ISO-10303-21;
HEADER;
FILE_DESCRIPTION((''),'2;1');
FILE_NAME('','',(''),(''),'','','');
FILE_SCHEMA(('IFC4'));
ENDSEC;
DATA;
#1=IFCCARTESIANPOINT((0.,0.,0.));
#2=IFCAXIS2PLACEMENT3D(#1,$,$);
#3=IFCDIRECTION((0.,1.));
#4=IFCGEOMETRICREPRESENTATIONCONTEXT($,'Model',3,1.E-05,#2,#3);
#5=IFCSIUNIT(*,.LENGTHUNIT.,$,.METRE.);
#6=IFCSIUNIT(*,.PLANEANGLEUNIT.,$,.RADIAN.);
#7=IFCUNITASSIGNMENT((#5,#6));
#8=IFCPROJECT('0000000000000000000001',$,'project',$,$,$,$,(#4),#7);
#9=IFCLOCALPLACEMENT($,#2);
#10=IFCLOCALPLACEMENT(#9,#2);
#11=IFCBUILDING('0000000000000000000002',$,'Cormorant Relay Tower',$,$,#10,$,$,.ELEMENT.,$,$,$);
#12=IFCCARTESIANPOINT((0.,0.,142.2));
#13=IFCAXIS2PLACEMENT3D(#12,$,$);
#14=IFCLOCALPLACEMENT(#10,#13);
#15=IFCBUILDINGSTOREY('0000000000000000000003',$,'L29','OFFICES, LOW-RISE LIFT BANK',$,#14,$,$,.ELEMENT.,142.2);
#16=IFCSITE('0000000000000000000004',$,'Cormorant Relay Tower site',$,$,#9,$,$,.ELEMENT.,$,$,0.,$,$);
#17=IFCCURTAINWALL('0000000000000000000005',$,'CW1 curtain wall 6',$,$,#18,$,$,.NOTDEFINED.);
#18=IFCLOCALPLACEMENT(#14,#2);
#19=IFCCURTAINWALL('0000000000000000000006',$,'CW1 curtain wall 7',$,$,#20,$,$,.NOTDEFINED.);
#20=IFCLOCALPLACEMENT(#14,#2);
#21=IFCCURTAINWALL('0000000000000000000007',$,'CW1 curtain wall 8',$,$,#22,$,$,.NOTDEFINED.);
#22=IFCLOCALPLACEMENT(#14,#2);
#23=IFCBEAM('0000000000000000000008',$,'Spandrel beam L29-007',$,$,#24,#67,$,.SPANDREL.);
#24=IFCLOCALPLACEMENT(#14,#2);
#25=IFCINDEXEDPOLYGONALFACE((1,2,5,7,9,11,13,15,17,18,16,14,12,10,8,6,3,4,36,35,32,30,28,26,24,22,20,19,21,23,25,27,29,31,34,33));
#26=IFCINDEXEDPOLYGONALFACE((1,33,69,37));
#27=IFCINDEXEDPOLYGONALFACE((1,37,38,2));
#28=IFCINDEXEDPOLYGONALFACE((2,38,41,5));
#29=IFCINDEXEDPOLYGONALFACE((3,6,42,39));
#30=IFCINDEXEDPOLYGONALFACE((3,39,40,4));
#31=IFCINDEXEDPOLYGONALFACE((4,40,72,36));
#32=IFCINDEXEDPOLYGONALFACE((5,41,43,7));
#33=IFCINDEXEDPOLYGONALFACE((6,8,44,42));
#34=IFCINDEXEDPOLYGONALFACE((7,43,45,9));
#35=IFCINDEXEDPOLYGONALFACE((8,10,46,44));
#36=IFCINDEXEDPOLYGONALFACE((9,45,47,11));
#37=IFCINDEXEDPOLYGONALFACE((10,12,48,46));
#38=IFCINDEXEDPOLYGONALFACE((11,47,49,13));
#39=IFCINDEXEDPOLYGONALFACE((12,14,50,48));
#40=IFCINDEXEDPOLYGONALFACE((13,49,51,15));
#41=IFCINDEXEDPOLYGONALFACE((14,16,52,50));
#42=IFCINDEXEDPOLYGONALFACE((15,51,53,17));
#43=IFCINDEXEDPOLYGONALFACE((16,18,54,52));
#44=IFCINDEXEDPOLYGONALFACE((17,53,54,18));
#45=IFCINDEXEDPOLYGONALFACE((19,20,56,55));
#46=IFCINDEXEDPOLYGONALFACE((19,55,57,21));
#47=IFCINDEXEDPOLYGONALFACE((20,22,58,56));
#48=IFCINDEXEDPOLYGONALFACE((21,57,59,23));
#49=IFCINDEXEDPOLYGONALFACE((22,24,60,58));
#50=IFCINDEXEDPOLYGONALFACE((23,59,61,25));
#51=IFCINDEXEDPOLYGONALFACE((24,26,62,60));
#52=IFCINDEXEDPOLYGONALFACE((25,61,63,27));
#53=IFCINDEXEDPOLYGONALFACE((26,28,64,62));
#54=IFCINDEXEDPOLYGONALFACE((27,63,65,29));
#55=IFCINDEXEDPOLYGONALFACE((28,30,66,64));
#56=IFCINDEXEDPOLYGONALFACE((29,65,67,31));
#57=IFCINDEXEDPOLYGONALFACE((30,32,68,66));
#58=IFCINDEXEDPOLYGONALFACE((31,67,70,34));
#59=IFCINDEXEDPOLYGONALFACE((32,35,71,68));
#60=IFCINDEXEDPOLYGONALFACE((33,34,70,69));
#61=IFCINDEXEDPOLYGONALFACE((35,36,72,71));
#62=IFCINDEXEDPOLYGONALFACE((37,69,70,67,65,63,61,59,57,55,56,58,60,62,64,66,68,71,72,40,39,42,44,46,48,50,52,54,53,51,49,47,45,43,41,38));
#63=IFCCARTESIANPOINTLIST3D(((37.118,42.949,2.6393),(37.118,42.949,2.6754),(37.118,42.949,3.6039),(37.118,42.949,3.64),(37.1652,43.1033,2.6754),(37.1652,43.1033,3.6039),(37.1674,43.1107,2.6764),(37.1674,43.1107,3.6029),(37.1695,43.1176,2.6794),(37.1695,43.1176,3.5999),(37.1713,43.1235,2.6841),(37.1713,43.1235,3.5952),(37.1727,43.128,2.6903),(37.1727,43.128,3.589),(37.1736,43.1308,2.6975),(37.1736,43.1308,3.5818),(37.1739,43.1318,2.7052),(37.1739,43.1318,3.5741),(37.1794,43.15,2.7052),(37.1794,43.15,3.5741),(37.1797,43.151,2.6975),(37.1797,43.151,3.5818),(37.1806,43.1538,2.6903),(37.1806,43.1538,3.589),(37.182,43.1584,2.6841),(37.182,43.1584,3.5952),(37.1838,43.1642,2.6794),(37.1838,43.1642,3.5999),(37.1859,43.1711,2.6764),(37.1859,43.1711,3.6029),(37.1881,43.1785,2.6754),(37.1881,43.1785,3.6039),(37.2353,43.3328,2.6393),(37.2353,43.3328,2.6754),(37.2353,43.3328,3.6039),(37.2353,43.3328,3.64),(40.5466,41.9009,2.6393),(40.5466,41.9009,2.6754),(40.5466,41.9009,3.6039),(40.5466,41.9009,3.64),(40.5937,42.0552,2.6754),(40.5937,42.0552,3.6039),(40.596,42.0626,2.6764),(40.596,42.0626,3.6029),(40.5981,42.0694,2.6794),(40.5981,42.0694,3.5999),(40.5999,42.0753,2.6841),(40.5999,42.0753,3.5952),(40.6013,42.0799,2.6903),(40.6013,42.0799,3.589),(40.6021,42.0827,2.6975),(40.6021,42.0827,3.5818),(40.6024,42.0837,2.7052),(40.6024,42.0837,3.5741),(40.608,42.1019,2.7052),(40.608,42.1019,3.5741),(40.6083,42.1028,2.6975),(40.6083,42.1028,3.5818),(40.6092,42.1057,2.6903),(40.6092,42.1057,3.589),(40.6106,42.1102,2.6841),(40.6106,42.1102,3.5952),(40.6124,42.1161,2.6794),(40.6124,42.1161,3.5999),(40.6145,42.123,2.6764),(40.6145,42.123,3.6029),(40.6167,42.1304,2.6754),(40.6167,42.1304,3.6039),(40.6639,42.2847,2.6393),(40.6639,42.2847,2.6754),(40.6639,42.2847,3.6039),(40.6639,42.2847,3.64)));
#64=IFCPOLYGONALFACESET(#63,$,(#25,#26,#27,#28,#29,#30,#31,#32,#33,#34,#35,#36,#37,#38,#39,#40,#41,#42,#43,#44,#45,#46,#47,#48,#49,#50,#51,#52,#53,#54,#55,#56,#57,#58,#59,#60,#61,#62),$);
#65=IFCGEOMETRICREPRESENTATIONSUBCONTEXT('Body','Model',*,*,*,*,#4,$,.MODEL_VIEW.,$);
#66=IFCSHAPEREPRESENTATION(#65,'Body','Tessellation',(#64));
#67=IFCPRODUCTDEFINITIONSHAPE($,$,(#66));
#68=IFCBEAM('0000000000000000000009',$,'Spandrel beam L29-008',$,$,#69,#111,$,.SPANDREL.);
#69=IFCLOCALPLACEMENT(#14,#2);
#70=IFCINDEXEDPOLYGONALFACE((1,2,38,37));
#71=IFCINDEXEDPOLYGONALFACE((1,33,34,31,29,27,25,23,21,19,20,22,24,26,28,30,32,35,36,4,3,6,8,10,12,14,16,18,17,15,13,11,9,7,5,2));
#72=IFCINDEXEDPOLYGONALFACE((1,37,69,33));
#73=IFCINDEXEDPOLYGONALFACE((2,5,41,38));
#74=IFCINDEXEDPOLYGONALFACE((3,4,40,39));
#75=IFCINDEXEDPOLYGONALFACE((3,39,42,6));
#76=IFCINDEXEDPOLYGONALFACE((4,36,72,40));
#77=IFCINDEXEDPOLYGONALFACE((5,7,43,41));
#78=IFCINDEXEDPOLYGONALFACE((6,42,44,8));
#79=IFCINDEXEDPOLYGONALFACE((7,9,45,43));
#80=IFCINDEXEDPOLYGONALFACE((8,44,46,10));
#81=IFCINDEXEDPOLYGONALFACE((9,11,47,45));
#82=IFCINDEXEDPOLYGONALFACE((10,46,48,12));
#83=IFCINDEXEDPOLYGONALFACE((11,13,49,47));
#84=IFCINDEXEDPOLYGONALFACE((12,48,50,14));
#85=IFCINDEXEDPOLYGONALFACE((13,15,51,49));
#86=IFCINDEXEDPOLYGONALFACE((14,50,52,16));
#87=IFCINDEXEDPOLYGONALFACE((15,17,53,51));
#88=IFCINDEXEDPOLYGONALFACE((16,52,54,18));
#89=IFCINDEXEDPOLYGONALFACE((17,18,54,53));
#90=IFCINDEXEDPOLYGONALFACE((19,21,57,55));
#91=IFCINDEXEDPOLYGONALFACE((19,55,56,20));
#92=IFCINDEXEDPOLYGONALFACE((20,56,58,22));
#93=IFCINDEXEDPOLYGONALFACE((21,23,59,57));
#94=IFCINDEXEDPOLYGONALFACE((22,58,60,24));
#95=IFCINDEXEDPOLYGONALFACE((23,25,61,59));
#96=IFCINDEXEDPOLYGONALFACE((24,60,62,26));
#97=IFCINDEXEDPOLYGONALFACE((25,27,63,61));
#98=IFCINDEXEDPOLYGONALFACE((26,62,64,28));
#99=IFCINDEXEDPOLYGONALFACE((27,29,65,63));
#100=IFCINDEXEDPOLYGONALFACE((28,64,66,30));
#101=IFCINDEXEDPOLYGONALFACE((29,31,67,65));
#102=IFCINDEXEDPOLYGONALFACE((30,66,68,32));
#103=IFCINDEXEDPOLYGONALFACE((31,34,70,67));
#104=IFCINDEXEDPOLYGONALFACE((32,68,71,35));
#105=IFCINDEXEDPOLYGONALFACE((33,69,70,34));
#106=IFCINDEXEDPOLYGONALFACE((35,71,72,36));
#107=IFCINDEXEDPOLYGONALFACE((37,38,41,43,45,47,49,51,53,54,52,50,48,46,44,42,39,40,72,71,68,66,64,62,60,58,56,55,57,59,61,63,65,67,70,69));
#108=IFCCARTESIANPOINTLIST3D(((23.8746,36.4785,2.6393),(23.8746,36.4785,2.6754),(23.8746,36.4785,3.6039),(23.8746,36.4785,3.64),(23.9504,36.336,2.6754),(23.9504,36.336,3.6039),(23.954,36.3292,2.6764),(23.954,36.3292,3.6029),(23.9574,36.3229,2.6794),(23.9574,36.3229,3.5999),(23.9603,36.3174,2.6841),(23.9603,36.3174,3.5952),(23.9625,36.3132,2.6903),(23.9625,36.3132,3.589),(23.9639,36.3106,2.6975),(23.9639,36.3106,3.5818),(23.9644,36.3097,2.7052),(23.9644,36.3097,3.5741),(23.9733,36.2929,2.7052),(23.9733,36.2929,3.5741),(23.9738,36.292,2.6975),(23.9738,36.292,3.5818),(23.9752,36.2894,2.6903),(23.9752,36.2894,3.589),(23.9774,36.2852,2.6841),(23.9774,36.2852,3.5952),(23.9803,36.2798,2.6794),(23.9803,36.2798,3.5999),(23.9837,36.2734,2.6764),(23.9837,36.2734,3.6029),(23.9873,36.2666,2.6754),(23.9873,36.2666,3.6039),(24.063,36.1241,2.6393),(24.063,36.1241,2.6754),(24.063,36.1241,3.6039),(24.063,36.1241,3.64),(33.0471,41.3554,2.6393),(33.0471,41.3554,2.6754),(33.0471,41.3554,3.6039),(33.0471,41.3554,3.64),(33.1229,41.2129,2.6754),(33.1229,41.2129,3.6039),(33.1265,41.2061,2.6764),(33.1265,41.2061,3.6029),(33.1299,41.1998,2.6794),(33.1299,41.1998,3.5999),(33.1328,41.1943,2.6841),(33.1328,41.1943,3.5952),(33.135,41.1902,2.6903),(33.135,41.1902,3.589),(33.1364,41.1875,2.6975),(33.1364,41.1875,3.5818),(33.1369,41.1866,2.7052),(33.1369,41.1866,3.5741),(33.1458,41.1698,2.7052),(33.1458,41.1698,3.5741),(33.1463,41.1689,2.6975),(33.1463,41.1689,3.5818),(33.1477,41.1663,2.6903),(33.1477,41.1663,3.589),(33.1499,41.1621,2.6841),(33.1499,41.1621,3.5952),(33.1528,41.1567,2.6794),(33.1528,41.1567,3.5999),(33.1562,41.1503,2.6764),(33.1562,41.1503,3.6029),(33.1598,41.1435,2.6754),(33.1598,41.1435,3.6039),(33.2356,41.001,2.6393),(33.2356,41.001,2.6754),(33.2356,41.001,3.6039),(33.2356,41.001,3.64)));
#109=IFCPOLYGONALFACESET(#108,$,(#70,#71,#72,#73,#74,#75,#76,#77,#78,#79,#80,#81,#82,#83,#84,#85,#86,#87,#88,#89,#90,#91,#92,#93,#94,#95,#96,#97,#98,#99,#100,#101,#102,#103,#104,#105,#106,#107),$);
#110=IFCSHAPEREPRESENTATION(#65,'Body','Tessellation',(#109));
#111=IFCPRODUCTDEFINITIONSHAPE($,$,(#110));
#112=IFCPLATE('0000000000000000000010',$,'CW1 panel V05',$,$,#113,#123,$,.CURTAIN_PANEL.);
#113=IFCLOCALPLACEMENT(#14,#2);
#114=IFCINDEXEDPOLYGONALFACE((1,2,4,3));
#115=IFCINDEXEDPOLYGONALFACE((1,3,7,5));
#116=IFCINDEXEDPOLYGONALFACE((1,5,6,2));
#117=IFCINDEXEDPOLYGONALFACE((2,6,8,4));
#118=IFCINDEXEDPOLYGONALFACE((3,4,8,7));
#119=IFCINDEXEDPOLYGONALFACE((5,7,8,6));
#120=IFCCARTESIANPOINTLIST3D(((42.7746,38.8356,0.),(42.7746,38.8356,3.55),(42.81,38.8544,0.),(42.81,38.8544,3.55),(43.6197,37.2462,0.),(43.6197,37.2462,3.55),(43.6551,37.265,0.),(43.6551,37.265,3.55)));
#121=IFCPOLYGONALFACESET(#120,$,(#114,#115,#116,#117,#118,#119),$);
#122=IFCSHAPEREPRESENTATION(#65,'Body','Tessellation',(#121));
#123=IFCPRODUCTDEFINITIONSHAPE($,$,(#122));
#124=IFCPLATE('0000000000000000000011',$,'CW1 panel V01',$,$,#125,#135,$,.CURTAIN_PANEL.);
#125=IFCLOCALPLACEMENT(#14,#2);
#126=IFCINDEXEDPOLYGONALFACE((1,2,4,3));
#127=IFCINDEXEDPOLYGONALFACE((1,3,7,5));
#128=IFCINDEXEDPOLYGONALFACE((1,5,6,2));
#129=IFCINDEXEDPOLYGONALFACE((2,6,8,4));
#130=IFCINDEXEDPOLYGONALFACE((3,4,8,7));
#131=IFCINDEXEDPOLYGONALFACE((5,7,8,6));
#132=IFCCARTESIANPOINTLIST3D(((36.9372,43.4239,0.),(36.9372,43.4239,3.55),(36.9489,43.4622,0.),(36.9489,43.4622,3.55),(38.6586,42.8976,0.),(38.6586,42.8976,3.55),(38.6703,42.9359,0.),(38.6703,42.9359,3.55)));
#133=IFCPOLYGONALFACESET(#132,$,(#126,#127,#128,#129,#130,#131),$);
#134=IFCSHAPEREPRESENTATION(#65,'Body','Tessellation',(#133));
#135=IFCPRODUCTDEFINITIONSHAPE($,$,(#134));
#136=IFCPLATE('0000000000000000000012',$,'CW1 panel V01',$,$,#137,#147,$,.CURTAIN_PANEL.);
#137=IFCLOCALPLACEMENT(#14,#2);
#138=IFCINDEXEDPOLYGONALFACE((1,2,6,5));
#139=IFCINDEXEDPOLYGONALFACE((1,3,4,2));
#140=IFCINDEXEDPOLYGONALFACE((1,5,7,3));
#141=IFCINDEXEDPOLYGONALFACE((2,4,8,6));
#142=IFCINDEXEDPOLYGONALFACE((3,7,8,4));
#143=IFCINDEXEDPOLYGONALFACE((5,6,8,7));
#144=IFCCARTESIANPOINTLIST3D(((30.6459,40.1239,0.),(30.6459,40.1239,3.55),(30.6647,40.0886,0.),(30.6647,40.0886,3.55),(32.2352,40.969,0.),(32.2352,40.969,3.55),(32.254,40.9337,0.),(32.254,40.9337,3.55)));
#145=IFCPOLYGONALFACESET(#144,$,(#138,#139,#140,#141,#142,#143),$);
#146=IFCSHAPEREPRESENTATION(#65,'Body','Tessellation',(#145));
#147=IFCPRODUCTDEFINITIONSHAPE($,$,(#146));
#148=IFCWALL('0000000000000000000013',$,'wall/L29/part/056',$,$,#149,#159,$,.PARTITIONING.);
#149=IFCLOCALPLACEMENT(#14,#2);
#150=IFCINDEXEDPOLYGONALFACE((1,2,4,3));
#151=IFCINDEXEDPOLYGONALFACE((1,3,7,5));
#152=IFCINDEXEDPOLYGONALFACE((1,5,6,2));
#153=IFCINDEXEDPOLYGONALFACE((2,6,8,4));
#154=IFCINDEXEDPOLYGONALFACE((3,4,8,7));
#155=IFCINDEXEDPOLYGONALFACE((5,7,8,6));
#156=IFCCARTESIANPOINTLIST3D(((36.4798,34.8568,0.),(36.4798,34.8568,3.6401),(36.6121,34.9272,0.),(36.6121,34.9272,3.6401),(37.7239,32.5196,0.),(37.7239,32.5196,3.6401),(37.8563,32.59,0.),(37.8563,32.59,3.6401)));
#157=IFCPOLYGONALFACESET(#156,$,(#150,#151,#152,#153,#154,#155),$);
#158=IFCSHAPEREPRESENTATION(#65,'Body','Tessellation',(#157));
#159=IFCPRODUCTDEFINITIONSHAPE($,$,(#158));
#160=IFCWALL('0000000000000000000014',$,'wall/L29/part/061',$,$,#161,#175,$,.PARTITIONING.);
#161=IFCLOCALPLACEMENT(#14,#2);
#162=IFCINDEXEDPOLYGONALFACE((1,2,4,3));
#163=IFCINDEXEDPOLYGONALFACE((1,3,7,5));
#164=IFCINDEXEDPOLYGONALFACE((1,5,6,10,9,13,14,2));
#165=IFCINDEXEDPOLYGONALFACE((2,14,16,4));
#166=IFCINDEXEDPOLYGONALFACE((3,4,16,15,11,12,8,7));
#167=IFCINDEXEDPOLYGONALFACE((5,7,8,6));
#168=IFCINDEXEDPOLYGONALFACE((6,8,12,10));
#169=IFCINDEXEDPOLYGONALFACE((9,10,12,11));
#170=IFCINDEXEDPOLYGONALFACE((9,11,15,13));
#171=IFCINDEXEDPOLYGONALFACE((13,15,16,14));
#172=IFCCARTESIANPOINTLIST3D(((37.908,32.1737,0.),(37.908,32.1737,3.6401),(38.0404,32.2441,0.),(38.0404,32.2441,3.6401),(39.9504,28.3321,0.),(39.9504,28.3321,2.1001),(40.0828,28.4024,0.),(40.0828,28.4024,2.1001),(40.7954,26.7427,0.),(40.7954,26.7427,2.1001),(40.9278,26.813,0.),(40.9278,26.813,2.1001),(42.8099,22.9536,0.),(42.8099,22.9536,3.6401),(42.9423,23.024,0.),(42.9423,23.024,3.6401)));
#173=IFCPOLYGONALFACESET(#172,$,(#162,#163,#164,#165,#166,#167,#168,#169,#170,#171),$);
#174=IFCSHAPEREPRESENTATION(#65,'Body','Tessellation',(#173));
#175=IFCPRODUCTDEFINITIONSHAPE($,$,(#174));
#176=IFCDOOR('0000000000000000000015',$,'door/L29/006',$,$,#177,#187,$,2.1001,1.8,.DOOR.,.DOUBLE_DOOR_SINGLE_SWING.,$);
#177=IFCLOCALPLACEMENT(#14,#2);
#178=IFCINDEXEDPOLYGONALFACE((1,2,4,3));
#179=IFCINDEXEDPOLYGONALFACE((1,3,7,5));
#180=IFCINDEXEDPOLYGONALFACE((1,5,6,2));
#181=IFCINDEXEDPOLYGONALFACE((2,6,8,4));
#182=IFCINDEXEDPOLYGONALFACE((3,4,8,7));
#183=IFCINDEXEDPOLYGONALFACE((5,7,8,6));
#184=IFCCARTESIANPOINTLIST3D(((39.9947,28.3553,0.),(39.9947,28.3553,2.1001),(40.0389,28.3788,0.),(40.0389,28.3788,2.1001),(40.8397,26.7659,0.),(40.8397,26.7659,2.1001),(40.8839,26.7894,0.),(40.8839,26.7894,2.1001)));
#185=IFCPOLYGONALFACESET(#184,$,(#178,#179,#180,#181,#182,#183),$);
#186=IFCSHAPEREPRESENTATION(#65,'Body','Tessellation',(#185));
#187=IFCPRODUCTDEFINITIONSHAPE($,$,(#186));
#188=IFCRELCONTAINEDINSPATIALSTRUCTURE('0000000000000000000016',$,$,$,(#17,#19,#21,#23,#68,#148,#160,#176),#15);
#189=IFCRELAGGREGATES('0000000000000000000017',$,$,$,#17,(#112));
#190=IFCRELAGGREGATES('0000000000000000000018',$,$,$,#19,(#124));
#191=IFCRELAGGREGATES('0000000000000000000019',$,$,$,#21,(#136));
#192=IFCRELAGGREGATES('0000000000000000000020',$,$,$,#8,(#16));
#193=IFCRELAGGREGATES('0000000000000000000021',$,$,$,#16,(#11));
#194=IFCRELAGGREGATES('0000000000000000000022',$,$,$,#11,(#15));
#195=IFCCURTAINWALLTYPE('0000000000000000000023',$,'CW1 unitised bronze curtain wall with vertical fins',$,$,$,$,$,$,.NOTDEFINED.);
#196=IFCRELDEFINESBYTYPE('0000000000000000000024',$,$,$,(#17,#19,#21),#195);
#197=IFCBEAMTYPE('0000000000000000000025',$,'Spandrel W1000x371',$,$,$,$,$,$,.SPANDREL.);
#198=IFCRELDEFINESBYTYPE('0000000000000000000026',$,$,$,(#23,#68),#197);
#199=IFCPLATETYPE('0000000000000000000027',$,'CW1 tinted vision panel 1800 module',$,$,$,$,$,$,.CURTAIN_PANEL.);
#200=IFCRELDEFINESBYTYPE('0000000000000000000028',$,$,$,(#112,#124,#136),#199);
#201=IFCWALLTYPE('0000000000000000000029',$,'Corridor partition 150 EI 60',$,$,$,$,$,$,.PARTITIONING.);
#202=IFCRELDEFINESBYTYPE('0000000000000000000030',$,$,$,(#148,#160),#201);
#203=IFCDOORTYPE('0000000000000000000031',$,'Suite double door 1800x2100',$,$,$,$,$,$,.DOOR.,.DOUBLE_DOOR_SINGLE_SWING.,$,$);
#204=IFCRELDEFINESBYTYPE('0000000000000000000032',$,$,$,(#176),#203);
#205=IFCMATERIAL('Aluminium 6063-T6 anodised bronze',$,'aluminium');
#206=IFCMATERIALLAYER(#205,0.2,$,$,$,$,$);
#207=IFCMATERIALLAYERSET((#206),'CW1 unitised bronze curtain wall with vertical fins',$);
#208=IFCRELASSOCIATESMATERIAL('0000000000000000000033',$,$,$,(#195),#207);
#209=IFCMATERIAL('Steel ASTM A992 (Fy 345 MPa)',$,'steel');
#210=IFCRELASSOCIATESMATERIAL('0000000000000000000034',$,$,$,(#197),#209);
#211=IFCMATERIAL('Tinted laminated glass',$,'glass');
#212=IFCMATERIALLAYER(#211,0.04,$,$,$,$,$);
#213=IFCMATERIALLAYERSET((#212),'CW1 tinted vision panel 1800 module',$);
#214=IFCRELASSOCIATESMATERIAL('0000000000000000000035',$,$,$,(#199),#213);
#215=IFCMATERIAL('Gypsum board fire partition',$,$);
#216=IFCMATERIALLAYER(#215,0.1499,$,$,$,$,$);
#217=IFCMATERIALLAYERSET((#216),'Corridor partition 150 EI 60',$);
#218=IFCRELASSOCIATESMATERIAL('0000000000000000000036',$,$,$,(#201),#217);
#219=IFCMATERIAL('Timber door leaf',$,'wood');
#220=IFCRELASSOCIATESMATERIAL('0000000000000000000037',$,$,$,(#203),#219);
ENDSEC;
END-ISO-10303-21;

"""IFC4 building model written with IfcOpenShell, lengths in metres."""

from ifc_helpers import new_model, si_unit, direction, frame, frame_2d, origin, origin_2d, place, context, subcontext, project, spatial, rectangle, i_section, extrude, material, layer, layer_set, material_profile, profile_set, type_object, element, fill, aggregate, save


model = new_model("IFC4")

# Units and contexts
model_context = context("Model", 3, precision=1e-05, world=origin(), true_north=direction((0.0, 1.0)))
body_context = subcontext(model_context, "Body", "Model", "MODEL_VIEW")
ifc_project = project(units=[si_unit("LENGTHUNIT", "METRE"), si_unit("PLANEANGLEUNIT", "RADIAN")], contexts=[model_context])

# Site, building, storey
site_placement = place(None, origin())
site = spatial("IfcSite", under=ifc_project, at=site_placement, Name="Cormorant Relay Tower site", CompositionType="ELEMENT", RefElevation=0.0)
building_placement = place(site_placement, origin())
building = spatial("IfcBuilding", under=site, at=building_placement, Name="Cormorant Relay Tower", CompositionType="ELEMENT")
storey_placement = place(building_placement, frame((0.0, 0.0, 142.2)))
storey = spatial("IfcBuildingStorey", under=building, at=storey_placement, Name="L29", Description="OFFICES, LOW-RISE LIFT BANK", CompositionType="ELEMENT", Elevation=142.2)

# Curtain wall
ifc_material_1 = material(Name="Aluminium 6063-T6 anodised bronze", Category="aluminium")
ifc_layer_1 = layer(ifc_material_1, 0.2)
ifc_layer_set_1 = layer_set([ifc_layer_1], Name="CW1 unitised bronze curtain wall with vertical fins")
curtain_wall_type = type_object("IfcCurtainWallType", Name="CW1 unitised bronze curtain wall with vertical fins", PredefinedType="NOTDEFINED", material=ifc_layer_set_1)
curtain_wall_1_placement = place(storey_placement, origin())
curtain_wall_1 = element("IfcCurtainWall", 1, at=curtain_wall_1_placement, inside=storey, type_object=curtain_wall_type, Name="CW1 curtain wall 6", PredefinedType="NOTDEFINED")

# Curtain wall
curtain_wall_2_placement = place(storey_placement, origin())
curtain_wall_2 = element("IfcCurtainWall", 2, at=curtain_wall_2_placement, inside=storey, type_object=curtain_wall_type, Name="CW1 curtain wall 7", PredefinedType="NOTDEFINED")

# Curtain wall
curtain_wall_3_placement = place(storey_placement, origin())
curtain_wall_3 = element("IfcCurtainWall", 3, at=curtain_wall_3_placement, inside=storey, type_object=curtain_wall_type, Name="CW1 curtain wall 8", PredefinedType="NOTDEFINED")

# Beams
ifc_material_2 = material(Name="Steel ASTM A992 (Fy 345 MPa)", Category="steel")
ifc_material_profile_1 = material_profile(ifc_material_2, i_section(OverallWidth=0.4014, OverallDepth=1.0007, WebThickness=0.019, FlangeThickness=0.0361, FilletRadius=0.0298, at=origin_2d()), Name="W1000x371")
ifc_profile_set_1 = profile_set([ifc_material_profile_1], Name="Steel ASTM A992 (Fy 345 MPa)")
beam_type = type_object("IfcBeamType", Name="Spandrel W1000x371", PredefinedType="SPANDREL", material=ifc_profile_set_1)
beam_1_placement = place(storey_placement, frame((40.6052, 42.0928, 3.1396), z_axis=(-0.956312, 0.292348, 0.0), x_axis=(-0.292348, -0.956312, 0.0)))
element("IfcBeam", 4, at=beam_1_placement, inside=storey, type_object=beam_type, Name="Spandrel beam L29-007", PredefinedType="SPANDREL", context=body_context, shape_type="SweptSolid", body=[
    extrude(i_section(OverallWidth=0.4014, OverallDepth=1.0007, WebThickness=0.019, FlangeThickness=0.0361, FilletRadius=0.0298, at=origin_2d()), origin(), (0.0, 0.0, 1.0), 3.5852),
])
beam_2_placement = place(storey_placement, frame((33.1414, 41.1782, 3.1396), z_axis=(-0.882956, -0.469456, 0.0), x_axis=(0.469456, -0.882956, 0.0)))
element("IfcBeam", 5, at=beam_2_placement, inside=storey, type_object=beam_type, Name="Spandrel beam L29-008", PredefinedType="SPANDREL", context=body_context, shape_type="SweptSolid", body=[
    extrude(i_section(OverallWidth=0.4014, OverallDepth=1.0007, WebThickness=0.019, FlangeThickness=0.0361, FilletRadius=0.0298, at=origin_2d()), origin(), (0.0, 0.0, 1.0), 10.3884),
])

# Plates
ifc_material_3 = material(Name="Tinted laminated glass", Category="glass")
ifc_layer_2 = layer(ifc_material_3, 0.04)
ifc_layer_set_2 = layer_set([ifc_layer_2], Name="CW1 tinted vision panel 1800 module")
plate_type = type_object("IfcPlateType", Name="CW1 tinted vision panel 1800 module", PredefinedType="CURTAIN_PANEL", material=ifc_layer_set_2)
plate_1_placement = place(storey_placement, frame((43.2148, 38.0503, 0.0), z_axis=(0.0, 0.0, 1.0), x_axis=(-0.469472, 0.882948, 0.0)))
plate_1 = element("IfcPlate", 6, at=plate_1_placement, type_object=plate_type, Name="CW1 panel V05", PredefinedType="CURTAIN_PANEL", context=body_context, shape_type="SweptSolid", body=[
    extrude(rectangle(XDim=1.8, YDim=0.04, at=origin_2d()), origin(), (0.0, 0.0, 1.0), 3.55),
])
plate_2_placement = place(storey_placement, frame((37.8037, 43.1799, 0.0), z_axis=(0.0, 0.0, 1.0), x_axis=(-0.956305, 0.292372, 0.0)))
plate_2 = element("IfcPlate", 7, at=plate_2_placement, type_object=plate_type, Name="CW1 panel V01", PredefinedType="CURTAIN_PANEL", context=body_context, shape_type="SweptSolid", body=[
    extrude(rectangle(XDim=1.8, YDim=0.04, at=origin_2d()), origin(), (0.0, 0.0, 1.0), 3.55),
])
plate_3_placement = place(storey_placement, frame((31.45, 40.5288, 0.0), z_axis=(0.0, 0.0, 1.0), x_axis=(-0.882948, -0.469472, 0.0)))
plate_3 = element("IfcPlate", 8, at=plate_3_placement, type_object=plate_type, Name="CW1 panel V01", PredefinedType="CURTAIN_PANEL", context=body_context, shape_type="SweptSolid", body=[
    extrude(rectangle(XDim=1.8, YDim=0.04, at=origin_2d()), origin(), (0.0, 0.0, 1.0), 3.55),
])

# Wall
ifc_material_4 = material(Name="Gypsum board fire partition")
ifc_layer_3 = layer(ifc_material_4, 0.1499)
ifc_layer_set_3 = layer_set([ifc_layer_3], Name="Corridor partition 150 EI 60")
wall_type_1 = type_object("IfcWallType", Name="Corridor partition 150 EI 60", PredefinedType="PARTITIONING", material=ifc_layer_set_3)
wall_1_placement = place(storey_placement, frame((37.79, 32.5549, 0.0), z_axis=(0.0, 0.0, 1.0), x_axis=(-0.469899, 0.88272, 0.0)))
element("IfcWall", 9, at=wall_1_placement, inside=storey, type_object=wall_type_1, Name="wall/L29/part/056", PredefinedType="PARTITIONING", context=body_context, shape_type="SweptSolid", body=[
    extrude(rectangle(XDim=2.6477, YDim=0.1499, at=frame_2d((1.3237, 0.0))), origin(), (0.0, 0.0, 1.0), 3.6401),
])

# Wall, opening, door
wall_2_placement = place(storey_placement, frame((37.9741, 32.209, 0.0), z_axis=(0.0, 0.0, 1.0), x_axis=(0.469435, -0.882967, 0.0)))
wall_2 = element("IfcWall", 10, at=wall_2_placement, inside=storey, type_object=wall_type_1, Name="wall/L29/part/061", PredefinedType="PARTITIONING", context=body_context, shape_type="SweptSolid", body=[
    extrude(rectangle(XDim=10.4421, YDim=0.1499, at=frame_2d((5.2212, 0.0))), origin(), (0.0, 0.0, 1.0), 3.6401),
])
opening_1_placement = place(wall_2_placement, frame((4.3511, 0.0, 0.0)))
opening_1 = element("IfcOpeningElement", 11, at=opening_1_placement, cuts=wall_2, PredefinedType="OPENING", context=body_context, shape_type="SweptSolid", body=[
    extrude(rectangle(XDim=1.8, YDim=2.1001, at=frame_2d((0.8999, 1.05))), frame((0.0, 0.085, 0.0), z_axis=(0.0, -1.0, 0.0), x_axis=(1.0, 0.0, 0.0)), (0.0, 0.0, 1.0), 0.1699),
])
ifc_material_5 = material(Name="Timber door leaf", Category="wood")
door_type_1 = type_object("IfcDoorType", Name="Suite double door 1800x2100", OperationType="DOUBLE_DOOR_SINGLE_SWING", PredefinedType="DOOR", material=ifc_material_5)
door_1_placement = place(opening_1_placement, frame((1.8, 0.0, 0.0), z_axis=(0.0, 0.0, 1.0), x_axis=(-1.0, 0.0, 0.0)))
door_1 = element("IfcDoor", 12, at=door_1_placement, inside=storey, type_object=door_type_1, Name="door/L29/006", OperationType="DOUBLE_DOOR_SINGLE_SWING", OverallHeight=2.1001, OverallWidth=1.8, PredefinedType="DOOR", context=body_context, shape_type="SweptSolid", body=[
    extrude(rectangle(XDim=1.8, YDim=2.1001, at=frame_2d((0.8999, 1.05))), frame((0.0, 0.0249, 0.0), z_axis=(0.0, -1.0, 0.0), x_axis=(1.0, 0.0, 0.0)), (0.0, 0.0, 1.0), 0.05),
])
fill(opening_1, door_1)

aggregate(curtain_wall_1, [plate_1])
aggregate(curtain_wall_2, [plate_2])
aggregate(curtain_wall_3, [plate_3])

save(model, "model.ifc")
